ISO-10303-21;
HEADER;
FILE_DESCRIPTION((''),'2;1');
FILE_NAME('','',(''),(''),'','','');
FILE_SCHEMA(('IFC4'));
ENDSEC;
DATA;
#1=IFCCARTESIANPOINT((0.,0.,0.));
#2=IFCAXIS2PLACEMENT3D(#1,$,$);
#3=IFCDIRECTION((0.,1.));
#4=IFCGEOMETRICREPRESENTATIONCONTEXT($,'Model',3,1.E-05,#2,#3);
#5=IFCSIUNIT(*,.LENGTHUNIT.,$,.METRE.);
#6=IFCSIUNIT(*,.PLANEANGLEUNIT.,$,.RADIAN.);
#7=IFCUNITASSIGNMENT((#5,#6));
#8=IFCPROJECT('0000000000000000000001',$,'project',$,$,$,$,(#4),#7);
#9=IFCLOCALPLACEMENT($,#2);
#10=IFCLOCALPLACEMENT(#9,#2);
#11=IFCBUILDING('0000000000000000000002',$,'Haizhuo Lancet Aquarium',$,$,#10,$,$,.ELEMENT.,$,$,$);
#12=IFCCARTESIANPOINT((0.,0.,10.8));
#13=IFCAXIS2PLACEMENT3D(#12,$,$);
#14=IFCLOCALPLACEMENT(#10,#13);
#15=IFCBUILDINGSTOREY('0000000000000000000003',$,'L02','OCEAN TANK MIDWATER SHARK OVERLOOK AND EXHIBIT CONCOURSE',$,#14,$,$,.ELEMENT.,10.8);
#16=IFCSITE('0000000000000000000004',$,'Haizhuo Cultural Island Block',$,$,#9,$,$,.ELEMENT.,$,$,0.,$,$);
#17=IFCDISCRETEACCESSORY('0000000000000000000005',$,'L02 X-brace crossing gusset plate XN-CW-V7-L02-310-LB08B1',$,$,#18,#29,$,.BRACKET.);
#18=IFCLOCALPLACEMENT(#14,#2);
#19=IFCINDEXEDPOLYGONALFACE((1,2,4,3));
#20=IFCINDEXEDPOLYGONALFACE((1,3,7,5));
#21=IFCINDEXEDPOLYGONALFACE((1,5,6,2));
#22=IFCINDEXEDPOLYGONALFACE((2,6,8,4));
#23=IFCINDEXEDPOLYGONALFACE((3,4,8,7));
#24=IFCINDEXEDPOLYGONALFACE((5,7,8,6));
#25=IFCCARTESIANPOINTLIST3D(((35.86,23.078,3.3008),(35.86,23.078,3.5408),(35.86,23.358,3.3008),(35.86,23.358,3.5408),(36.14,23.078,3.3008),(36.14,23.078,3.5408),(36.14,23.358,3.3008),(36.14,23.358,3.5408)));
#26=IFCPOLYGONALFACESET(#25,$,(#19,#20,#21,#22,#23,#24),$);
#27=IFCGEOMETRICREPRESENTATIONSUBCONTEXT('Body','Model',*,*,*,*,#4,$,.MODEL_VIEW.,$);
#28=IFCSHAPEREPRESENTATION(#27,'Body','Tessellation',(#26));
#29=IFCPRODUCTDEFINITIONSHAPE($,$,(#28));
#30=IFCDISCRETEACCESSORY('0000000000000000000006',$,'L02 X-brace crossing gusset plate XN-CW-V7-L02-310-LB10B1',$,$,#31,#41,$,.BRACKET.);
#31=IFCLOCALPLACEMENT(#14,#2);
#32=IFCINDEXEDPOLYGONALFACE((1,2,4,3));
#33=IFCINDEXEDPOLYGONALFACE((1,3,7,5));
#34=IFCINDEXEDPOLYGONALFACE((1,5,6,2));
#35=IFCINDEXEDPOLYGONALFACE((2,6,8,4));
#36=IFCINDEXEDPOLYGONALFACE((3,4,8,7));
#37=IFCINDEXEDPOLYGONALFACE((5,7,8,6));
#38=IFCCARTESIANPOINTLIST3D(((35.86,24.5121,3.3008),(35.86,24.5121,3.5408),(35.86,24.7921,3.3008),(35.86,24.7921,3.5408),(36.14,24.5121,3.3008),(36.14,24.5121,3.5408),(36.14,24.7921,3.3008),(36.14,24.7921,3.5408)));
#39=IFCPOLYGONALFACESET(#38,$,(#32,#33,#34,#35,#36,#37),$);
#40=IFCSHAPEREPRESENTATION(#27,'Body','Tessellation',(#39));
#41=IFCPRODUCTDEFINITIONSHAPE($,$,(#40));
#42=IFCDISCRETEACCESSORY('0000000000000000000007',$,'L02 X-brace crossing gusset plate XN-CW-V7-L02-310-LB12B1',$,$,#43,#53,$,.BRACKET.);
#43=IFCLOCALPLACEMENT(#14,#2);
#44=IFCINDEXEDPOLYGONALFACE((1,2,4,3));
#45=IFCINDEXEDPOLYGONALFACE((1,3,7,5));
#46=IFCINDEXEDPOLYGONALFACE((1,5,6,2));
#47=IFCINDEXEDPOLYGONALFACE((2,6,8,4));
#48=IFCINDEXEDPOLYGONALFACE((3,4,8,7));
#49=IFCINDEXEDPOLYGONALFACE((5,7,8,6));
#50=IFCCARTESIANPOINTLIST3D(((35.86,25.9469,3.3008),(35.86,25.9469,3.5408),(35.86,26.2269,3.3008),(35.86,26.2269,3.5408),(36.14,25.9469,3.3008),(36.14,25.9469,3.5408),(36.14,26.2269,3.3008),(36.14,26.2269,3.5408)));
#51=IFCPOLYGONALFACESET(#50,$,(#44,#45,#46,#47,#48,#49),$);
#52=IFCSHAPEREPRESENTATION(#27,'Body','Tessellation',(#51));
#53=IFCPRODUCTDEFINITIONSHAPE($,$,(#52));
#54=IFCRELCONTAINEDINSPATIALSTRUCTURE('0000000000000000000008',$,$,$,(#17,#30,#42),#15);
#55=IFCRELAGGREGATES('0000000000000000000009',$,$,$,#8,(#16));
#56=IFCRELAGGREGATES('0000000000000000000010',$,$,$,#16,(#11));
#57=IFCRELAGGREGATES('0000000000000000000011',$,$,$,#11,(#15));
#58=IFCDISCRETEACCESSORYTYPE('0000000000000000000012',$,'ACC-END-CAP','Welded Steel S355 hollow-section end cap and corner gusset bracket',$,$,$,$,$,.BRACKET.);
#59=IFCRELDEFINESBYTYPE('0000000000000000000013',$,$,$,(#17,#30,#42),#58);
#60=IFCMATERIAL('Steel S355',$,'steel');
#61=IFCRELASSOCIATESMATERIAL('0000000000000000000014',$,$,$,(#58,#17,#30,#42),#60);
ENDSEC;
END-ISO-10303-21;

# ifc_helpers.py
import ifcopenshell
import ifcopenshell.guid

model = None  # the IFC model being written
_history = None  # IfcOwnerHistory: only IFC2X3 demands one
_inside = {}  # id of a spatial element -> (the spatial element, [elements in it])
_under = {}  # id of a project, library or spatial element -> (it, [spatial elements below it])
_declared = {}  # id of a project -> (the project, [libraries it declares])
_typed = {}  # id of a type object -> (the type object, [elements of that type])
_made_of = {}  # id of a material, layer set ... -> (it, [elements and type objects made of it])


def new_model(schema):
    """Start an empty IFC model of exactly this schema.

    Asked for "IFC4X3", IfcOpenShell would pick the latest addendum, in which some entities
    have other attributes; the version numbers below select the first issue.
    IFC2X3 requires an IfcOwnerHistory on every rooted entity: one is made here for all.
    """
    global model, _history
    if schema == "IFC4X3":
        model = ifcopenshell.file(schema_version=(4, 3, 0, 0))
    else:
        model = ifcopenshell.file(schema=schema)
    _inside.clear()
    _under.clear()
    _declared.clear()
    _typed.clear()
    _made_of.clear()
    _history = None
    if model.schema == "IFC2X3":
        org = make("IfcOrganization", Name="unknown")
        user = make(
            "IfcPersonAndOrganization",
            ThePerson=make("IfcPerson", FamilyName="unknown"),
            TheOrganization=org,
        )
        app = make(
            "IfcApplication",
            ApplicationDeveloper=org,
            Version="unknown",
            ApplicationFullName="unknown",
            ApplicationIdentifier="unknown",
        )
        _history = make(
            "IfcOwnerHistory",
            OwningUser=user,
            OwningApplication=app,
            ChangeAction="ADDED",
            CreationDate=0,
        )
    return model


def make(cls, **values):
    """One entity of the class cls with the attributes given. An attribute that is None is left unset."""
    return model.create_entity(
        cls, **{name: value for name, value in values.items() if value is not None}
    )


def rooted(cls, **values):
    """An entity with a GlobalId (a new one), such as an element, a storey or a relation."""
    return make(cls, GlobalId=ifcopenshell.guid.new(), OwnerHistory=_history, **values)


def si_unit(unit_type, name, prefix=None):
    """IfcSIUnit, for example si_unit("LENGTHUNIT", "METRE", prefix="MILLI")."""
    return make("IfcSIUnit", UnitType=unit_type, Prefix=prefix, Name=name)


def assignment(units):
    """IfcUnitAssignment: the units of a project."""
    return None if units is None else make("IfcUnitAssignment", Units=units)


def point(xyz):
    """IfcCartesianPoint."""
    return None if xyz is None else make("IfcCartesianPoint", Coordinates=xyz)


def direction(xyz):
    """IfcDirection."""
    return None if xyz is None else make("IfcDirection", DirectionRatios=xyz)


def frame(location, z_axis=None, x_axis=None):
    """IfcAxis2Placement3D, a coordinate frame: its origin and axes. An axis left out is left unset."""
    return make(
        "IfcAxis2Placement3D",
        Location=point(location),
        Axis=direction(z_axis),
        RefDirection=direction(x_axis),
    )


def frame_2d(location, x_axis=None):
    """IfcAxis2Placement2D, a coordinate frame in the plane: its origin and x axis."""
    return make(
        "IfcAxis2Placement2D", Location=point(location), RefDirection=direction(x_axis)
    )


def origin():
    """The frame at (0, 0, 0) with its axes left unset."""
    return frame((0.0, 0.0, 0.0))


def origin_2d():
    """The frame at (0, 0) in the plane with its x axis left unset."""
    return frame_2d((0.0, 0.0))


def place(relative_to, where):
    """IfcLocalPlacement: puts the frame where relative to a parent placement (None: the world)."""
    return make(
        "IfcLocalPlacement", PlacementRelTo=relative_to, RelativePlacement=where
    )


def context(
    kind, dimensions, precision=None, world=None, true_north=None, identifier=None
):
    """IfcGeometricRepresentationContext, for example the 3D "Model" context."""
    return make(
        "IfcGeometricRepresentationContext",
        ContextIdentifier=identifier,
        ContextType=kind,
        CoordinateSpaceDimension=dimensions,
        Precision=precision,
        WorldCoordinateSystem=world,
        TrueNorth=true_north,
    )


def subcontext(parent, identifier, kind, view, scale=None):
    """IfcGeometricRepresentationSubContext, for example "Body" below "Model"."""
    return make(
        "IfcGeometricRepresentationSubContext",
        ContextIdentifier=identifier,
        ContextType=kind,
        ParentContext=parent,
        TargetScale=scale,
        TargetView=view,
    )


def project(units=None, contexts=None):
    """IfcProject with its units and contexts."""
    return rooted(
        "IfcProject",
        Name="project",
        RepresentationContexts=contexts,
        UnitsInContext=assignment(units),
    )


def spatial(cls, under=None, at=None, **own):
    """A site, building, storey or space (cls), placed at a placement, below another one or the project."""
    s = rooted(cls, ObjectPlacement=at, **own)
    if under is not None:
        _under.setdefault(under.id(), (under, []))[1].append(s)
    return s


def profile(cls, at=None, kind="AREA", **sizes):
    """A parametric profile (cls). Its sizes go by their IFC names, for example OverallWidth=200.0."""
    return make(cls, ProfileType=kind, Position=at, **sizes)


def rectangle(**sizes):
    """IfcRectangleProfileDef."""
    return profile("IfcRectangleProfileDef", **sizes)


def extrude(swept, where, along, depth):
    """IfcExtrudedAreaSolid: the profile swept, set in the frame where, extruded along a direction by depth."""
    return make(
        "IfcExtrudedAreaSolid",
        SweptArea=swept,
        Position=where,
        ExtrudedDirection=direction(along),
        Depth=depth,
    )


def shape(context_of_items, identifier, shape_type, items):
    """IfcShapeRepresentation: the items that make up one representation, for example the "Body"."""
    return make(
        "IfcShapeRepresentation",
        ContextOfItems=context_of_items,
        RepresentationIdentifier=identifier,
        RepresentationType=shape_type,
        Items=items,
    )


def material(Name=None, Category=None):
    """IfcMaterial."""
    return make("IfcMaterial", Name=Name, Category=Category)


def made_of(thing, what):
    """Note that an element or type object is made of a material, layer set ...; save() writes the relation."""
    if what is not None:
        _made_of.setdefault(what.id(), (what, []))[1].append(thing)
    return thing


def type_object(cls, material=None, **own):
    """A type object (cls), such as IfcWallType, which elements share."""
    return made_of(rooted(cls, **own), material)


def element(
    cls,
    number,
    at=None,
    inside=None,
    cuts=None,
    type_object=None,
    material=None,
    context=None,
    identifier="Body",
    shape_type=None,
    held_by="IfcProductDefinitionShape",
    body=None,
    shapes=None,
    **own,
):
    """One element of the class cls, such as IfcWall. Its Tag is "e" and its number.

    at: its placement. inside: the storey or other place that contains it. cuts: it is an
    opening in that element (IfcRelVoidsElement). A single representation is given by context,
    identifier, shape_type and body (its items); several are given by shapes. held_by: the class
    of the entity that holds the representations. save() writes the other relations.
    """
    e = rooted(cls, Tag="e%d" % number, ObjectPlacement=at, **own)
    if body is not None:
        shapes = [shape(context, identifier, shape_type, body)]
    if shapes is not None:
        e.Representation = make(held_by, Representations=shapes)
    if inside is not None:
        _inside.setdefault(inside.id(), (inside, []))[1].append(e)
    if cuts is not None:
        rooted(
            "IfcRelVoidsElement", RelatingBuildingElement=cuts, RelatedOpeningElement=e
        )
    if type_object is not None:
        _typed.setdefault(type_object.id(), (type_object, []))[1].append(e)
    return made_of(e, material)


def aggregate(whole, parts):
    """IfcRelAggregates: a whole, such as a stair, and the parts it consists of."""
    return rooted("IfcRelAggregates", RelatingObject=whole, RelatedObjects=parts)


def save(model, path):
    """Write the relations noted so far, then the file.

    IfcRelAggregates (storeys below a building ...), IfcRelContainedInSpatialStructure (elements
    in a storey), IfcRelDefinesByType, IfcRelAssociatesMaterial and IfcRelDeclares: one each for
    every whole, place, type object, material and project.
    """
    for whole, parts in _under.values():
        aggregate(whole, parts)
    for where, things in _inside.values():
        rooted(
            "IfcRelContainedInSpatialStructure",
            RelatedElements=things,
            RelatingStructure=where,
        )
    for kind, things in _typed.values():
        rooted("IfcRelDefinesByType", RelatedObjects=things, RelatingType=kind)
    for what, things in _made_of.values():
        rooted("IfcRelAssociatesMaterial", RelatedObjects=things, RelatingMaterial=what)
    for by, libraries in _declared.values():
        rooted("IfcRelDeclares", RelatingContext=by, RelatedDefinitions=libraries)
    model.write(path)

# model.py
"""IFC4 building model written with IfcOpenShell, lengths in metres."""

from ifc_helpers import new_model, si_unit, direction, frame, origin, origin_2d, place, context, subcontext, project, spatial, rectangle, extrude, material, type_object, element, save


model = new_model("IFC4")

# Units and contexts
model_context = context("Model", 3, precision=1e-05, world=origin(), true_north=direction((0.0, 1.0)))
body_context = subcontext(model_context, "Body", "Model", "MODEL_VIEW")
ifc_project = project(units=[si_unit("LENGTHUNIT", "METRE"), si_unit("PLANEANGLEUNIT", "RADIAN")], contexts=[model_context])

# Site, building, storey
site_placement = place(None, origin())
site = spatial("IfcSite", under=ifc_project, at=site_placement, Name="Haizhuo Cultural Island Block", CompositionType="ELEMENT", RefElevation=0.0)
building_placement = place(site_placement, origin())
building = spatial("IfcBuilding", under=site, at=building_placement, Name="Haizhuo Lancet Aquarium", CompositionType="ELEMENT")
storey_placement = place(building_placement, frame((0.0, 0.0, 10.8)))
storey = spatial("IfcBuildingStorey", under=building, at=storey_placement, Name="L02", Description="OCEAN TANK MIDWATER SHARK OVERLOOK AND EXHIBIT CONCOURSE", CompositionType="ELEMENT", Elevation=10.8)

# Shared definitions
ifc_material_1 = material(Name="Steel S355", Category="steel")

# Discrete accessories
discrete_accessory_type = type_object("IfcDiscreteAccessoryType", Name="ACC-END-CAP", Description="Welded Steel S355 hollow-section end cap and corner gusset bracket", PredefinedType="BRACKET", material=ifc_material_1)
for number, where, z_axis, x_axis, name in (
    (1, (36.0, 23.218, 3.3008), (0.0, 0.0, 1.0), (1.0, 0.0, 0.0), "L02 X-brace crossing gusset plate XN-CW-V7-L02-310-LB08B1"),
    (2, (36.0, 24.6521, 3.3008), (0.0, 0.0, 1.0), (1.0, 0.0, 0.0), "L02 X-brace crossing gusset plate XN-CW-V7-L02-310-LB10B1"),
    (3, (36.0, 26.0869, 3.3008), (0.0, 0.0, 1.0), (1.0, 0.0, 0.0), "L02 X-brace crossing gusset plate XN-CW-V7-L02-310-LB12B1"),
):
    element("IfcDiscreteAccessory", number, at=place(storey_placement, frame(where, z_axis=z_axis, x_axis=x_axis)), inside=storey, type_object=discrete_accessory_type, material=ifc_material_1, Name=name, PredefinedType="BRACKET", context=body_context, shape_type="SweptSolid", body=[
        extrude(rectangle(XDim=0.28, YDim=0.28, at=origin_2d()), origin(), (0.0, 0.0, 1.0), 0.24),
    ])

save(model, "model.ifc")
